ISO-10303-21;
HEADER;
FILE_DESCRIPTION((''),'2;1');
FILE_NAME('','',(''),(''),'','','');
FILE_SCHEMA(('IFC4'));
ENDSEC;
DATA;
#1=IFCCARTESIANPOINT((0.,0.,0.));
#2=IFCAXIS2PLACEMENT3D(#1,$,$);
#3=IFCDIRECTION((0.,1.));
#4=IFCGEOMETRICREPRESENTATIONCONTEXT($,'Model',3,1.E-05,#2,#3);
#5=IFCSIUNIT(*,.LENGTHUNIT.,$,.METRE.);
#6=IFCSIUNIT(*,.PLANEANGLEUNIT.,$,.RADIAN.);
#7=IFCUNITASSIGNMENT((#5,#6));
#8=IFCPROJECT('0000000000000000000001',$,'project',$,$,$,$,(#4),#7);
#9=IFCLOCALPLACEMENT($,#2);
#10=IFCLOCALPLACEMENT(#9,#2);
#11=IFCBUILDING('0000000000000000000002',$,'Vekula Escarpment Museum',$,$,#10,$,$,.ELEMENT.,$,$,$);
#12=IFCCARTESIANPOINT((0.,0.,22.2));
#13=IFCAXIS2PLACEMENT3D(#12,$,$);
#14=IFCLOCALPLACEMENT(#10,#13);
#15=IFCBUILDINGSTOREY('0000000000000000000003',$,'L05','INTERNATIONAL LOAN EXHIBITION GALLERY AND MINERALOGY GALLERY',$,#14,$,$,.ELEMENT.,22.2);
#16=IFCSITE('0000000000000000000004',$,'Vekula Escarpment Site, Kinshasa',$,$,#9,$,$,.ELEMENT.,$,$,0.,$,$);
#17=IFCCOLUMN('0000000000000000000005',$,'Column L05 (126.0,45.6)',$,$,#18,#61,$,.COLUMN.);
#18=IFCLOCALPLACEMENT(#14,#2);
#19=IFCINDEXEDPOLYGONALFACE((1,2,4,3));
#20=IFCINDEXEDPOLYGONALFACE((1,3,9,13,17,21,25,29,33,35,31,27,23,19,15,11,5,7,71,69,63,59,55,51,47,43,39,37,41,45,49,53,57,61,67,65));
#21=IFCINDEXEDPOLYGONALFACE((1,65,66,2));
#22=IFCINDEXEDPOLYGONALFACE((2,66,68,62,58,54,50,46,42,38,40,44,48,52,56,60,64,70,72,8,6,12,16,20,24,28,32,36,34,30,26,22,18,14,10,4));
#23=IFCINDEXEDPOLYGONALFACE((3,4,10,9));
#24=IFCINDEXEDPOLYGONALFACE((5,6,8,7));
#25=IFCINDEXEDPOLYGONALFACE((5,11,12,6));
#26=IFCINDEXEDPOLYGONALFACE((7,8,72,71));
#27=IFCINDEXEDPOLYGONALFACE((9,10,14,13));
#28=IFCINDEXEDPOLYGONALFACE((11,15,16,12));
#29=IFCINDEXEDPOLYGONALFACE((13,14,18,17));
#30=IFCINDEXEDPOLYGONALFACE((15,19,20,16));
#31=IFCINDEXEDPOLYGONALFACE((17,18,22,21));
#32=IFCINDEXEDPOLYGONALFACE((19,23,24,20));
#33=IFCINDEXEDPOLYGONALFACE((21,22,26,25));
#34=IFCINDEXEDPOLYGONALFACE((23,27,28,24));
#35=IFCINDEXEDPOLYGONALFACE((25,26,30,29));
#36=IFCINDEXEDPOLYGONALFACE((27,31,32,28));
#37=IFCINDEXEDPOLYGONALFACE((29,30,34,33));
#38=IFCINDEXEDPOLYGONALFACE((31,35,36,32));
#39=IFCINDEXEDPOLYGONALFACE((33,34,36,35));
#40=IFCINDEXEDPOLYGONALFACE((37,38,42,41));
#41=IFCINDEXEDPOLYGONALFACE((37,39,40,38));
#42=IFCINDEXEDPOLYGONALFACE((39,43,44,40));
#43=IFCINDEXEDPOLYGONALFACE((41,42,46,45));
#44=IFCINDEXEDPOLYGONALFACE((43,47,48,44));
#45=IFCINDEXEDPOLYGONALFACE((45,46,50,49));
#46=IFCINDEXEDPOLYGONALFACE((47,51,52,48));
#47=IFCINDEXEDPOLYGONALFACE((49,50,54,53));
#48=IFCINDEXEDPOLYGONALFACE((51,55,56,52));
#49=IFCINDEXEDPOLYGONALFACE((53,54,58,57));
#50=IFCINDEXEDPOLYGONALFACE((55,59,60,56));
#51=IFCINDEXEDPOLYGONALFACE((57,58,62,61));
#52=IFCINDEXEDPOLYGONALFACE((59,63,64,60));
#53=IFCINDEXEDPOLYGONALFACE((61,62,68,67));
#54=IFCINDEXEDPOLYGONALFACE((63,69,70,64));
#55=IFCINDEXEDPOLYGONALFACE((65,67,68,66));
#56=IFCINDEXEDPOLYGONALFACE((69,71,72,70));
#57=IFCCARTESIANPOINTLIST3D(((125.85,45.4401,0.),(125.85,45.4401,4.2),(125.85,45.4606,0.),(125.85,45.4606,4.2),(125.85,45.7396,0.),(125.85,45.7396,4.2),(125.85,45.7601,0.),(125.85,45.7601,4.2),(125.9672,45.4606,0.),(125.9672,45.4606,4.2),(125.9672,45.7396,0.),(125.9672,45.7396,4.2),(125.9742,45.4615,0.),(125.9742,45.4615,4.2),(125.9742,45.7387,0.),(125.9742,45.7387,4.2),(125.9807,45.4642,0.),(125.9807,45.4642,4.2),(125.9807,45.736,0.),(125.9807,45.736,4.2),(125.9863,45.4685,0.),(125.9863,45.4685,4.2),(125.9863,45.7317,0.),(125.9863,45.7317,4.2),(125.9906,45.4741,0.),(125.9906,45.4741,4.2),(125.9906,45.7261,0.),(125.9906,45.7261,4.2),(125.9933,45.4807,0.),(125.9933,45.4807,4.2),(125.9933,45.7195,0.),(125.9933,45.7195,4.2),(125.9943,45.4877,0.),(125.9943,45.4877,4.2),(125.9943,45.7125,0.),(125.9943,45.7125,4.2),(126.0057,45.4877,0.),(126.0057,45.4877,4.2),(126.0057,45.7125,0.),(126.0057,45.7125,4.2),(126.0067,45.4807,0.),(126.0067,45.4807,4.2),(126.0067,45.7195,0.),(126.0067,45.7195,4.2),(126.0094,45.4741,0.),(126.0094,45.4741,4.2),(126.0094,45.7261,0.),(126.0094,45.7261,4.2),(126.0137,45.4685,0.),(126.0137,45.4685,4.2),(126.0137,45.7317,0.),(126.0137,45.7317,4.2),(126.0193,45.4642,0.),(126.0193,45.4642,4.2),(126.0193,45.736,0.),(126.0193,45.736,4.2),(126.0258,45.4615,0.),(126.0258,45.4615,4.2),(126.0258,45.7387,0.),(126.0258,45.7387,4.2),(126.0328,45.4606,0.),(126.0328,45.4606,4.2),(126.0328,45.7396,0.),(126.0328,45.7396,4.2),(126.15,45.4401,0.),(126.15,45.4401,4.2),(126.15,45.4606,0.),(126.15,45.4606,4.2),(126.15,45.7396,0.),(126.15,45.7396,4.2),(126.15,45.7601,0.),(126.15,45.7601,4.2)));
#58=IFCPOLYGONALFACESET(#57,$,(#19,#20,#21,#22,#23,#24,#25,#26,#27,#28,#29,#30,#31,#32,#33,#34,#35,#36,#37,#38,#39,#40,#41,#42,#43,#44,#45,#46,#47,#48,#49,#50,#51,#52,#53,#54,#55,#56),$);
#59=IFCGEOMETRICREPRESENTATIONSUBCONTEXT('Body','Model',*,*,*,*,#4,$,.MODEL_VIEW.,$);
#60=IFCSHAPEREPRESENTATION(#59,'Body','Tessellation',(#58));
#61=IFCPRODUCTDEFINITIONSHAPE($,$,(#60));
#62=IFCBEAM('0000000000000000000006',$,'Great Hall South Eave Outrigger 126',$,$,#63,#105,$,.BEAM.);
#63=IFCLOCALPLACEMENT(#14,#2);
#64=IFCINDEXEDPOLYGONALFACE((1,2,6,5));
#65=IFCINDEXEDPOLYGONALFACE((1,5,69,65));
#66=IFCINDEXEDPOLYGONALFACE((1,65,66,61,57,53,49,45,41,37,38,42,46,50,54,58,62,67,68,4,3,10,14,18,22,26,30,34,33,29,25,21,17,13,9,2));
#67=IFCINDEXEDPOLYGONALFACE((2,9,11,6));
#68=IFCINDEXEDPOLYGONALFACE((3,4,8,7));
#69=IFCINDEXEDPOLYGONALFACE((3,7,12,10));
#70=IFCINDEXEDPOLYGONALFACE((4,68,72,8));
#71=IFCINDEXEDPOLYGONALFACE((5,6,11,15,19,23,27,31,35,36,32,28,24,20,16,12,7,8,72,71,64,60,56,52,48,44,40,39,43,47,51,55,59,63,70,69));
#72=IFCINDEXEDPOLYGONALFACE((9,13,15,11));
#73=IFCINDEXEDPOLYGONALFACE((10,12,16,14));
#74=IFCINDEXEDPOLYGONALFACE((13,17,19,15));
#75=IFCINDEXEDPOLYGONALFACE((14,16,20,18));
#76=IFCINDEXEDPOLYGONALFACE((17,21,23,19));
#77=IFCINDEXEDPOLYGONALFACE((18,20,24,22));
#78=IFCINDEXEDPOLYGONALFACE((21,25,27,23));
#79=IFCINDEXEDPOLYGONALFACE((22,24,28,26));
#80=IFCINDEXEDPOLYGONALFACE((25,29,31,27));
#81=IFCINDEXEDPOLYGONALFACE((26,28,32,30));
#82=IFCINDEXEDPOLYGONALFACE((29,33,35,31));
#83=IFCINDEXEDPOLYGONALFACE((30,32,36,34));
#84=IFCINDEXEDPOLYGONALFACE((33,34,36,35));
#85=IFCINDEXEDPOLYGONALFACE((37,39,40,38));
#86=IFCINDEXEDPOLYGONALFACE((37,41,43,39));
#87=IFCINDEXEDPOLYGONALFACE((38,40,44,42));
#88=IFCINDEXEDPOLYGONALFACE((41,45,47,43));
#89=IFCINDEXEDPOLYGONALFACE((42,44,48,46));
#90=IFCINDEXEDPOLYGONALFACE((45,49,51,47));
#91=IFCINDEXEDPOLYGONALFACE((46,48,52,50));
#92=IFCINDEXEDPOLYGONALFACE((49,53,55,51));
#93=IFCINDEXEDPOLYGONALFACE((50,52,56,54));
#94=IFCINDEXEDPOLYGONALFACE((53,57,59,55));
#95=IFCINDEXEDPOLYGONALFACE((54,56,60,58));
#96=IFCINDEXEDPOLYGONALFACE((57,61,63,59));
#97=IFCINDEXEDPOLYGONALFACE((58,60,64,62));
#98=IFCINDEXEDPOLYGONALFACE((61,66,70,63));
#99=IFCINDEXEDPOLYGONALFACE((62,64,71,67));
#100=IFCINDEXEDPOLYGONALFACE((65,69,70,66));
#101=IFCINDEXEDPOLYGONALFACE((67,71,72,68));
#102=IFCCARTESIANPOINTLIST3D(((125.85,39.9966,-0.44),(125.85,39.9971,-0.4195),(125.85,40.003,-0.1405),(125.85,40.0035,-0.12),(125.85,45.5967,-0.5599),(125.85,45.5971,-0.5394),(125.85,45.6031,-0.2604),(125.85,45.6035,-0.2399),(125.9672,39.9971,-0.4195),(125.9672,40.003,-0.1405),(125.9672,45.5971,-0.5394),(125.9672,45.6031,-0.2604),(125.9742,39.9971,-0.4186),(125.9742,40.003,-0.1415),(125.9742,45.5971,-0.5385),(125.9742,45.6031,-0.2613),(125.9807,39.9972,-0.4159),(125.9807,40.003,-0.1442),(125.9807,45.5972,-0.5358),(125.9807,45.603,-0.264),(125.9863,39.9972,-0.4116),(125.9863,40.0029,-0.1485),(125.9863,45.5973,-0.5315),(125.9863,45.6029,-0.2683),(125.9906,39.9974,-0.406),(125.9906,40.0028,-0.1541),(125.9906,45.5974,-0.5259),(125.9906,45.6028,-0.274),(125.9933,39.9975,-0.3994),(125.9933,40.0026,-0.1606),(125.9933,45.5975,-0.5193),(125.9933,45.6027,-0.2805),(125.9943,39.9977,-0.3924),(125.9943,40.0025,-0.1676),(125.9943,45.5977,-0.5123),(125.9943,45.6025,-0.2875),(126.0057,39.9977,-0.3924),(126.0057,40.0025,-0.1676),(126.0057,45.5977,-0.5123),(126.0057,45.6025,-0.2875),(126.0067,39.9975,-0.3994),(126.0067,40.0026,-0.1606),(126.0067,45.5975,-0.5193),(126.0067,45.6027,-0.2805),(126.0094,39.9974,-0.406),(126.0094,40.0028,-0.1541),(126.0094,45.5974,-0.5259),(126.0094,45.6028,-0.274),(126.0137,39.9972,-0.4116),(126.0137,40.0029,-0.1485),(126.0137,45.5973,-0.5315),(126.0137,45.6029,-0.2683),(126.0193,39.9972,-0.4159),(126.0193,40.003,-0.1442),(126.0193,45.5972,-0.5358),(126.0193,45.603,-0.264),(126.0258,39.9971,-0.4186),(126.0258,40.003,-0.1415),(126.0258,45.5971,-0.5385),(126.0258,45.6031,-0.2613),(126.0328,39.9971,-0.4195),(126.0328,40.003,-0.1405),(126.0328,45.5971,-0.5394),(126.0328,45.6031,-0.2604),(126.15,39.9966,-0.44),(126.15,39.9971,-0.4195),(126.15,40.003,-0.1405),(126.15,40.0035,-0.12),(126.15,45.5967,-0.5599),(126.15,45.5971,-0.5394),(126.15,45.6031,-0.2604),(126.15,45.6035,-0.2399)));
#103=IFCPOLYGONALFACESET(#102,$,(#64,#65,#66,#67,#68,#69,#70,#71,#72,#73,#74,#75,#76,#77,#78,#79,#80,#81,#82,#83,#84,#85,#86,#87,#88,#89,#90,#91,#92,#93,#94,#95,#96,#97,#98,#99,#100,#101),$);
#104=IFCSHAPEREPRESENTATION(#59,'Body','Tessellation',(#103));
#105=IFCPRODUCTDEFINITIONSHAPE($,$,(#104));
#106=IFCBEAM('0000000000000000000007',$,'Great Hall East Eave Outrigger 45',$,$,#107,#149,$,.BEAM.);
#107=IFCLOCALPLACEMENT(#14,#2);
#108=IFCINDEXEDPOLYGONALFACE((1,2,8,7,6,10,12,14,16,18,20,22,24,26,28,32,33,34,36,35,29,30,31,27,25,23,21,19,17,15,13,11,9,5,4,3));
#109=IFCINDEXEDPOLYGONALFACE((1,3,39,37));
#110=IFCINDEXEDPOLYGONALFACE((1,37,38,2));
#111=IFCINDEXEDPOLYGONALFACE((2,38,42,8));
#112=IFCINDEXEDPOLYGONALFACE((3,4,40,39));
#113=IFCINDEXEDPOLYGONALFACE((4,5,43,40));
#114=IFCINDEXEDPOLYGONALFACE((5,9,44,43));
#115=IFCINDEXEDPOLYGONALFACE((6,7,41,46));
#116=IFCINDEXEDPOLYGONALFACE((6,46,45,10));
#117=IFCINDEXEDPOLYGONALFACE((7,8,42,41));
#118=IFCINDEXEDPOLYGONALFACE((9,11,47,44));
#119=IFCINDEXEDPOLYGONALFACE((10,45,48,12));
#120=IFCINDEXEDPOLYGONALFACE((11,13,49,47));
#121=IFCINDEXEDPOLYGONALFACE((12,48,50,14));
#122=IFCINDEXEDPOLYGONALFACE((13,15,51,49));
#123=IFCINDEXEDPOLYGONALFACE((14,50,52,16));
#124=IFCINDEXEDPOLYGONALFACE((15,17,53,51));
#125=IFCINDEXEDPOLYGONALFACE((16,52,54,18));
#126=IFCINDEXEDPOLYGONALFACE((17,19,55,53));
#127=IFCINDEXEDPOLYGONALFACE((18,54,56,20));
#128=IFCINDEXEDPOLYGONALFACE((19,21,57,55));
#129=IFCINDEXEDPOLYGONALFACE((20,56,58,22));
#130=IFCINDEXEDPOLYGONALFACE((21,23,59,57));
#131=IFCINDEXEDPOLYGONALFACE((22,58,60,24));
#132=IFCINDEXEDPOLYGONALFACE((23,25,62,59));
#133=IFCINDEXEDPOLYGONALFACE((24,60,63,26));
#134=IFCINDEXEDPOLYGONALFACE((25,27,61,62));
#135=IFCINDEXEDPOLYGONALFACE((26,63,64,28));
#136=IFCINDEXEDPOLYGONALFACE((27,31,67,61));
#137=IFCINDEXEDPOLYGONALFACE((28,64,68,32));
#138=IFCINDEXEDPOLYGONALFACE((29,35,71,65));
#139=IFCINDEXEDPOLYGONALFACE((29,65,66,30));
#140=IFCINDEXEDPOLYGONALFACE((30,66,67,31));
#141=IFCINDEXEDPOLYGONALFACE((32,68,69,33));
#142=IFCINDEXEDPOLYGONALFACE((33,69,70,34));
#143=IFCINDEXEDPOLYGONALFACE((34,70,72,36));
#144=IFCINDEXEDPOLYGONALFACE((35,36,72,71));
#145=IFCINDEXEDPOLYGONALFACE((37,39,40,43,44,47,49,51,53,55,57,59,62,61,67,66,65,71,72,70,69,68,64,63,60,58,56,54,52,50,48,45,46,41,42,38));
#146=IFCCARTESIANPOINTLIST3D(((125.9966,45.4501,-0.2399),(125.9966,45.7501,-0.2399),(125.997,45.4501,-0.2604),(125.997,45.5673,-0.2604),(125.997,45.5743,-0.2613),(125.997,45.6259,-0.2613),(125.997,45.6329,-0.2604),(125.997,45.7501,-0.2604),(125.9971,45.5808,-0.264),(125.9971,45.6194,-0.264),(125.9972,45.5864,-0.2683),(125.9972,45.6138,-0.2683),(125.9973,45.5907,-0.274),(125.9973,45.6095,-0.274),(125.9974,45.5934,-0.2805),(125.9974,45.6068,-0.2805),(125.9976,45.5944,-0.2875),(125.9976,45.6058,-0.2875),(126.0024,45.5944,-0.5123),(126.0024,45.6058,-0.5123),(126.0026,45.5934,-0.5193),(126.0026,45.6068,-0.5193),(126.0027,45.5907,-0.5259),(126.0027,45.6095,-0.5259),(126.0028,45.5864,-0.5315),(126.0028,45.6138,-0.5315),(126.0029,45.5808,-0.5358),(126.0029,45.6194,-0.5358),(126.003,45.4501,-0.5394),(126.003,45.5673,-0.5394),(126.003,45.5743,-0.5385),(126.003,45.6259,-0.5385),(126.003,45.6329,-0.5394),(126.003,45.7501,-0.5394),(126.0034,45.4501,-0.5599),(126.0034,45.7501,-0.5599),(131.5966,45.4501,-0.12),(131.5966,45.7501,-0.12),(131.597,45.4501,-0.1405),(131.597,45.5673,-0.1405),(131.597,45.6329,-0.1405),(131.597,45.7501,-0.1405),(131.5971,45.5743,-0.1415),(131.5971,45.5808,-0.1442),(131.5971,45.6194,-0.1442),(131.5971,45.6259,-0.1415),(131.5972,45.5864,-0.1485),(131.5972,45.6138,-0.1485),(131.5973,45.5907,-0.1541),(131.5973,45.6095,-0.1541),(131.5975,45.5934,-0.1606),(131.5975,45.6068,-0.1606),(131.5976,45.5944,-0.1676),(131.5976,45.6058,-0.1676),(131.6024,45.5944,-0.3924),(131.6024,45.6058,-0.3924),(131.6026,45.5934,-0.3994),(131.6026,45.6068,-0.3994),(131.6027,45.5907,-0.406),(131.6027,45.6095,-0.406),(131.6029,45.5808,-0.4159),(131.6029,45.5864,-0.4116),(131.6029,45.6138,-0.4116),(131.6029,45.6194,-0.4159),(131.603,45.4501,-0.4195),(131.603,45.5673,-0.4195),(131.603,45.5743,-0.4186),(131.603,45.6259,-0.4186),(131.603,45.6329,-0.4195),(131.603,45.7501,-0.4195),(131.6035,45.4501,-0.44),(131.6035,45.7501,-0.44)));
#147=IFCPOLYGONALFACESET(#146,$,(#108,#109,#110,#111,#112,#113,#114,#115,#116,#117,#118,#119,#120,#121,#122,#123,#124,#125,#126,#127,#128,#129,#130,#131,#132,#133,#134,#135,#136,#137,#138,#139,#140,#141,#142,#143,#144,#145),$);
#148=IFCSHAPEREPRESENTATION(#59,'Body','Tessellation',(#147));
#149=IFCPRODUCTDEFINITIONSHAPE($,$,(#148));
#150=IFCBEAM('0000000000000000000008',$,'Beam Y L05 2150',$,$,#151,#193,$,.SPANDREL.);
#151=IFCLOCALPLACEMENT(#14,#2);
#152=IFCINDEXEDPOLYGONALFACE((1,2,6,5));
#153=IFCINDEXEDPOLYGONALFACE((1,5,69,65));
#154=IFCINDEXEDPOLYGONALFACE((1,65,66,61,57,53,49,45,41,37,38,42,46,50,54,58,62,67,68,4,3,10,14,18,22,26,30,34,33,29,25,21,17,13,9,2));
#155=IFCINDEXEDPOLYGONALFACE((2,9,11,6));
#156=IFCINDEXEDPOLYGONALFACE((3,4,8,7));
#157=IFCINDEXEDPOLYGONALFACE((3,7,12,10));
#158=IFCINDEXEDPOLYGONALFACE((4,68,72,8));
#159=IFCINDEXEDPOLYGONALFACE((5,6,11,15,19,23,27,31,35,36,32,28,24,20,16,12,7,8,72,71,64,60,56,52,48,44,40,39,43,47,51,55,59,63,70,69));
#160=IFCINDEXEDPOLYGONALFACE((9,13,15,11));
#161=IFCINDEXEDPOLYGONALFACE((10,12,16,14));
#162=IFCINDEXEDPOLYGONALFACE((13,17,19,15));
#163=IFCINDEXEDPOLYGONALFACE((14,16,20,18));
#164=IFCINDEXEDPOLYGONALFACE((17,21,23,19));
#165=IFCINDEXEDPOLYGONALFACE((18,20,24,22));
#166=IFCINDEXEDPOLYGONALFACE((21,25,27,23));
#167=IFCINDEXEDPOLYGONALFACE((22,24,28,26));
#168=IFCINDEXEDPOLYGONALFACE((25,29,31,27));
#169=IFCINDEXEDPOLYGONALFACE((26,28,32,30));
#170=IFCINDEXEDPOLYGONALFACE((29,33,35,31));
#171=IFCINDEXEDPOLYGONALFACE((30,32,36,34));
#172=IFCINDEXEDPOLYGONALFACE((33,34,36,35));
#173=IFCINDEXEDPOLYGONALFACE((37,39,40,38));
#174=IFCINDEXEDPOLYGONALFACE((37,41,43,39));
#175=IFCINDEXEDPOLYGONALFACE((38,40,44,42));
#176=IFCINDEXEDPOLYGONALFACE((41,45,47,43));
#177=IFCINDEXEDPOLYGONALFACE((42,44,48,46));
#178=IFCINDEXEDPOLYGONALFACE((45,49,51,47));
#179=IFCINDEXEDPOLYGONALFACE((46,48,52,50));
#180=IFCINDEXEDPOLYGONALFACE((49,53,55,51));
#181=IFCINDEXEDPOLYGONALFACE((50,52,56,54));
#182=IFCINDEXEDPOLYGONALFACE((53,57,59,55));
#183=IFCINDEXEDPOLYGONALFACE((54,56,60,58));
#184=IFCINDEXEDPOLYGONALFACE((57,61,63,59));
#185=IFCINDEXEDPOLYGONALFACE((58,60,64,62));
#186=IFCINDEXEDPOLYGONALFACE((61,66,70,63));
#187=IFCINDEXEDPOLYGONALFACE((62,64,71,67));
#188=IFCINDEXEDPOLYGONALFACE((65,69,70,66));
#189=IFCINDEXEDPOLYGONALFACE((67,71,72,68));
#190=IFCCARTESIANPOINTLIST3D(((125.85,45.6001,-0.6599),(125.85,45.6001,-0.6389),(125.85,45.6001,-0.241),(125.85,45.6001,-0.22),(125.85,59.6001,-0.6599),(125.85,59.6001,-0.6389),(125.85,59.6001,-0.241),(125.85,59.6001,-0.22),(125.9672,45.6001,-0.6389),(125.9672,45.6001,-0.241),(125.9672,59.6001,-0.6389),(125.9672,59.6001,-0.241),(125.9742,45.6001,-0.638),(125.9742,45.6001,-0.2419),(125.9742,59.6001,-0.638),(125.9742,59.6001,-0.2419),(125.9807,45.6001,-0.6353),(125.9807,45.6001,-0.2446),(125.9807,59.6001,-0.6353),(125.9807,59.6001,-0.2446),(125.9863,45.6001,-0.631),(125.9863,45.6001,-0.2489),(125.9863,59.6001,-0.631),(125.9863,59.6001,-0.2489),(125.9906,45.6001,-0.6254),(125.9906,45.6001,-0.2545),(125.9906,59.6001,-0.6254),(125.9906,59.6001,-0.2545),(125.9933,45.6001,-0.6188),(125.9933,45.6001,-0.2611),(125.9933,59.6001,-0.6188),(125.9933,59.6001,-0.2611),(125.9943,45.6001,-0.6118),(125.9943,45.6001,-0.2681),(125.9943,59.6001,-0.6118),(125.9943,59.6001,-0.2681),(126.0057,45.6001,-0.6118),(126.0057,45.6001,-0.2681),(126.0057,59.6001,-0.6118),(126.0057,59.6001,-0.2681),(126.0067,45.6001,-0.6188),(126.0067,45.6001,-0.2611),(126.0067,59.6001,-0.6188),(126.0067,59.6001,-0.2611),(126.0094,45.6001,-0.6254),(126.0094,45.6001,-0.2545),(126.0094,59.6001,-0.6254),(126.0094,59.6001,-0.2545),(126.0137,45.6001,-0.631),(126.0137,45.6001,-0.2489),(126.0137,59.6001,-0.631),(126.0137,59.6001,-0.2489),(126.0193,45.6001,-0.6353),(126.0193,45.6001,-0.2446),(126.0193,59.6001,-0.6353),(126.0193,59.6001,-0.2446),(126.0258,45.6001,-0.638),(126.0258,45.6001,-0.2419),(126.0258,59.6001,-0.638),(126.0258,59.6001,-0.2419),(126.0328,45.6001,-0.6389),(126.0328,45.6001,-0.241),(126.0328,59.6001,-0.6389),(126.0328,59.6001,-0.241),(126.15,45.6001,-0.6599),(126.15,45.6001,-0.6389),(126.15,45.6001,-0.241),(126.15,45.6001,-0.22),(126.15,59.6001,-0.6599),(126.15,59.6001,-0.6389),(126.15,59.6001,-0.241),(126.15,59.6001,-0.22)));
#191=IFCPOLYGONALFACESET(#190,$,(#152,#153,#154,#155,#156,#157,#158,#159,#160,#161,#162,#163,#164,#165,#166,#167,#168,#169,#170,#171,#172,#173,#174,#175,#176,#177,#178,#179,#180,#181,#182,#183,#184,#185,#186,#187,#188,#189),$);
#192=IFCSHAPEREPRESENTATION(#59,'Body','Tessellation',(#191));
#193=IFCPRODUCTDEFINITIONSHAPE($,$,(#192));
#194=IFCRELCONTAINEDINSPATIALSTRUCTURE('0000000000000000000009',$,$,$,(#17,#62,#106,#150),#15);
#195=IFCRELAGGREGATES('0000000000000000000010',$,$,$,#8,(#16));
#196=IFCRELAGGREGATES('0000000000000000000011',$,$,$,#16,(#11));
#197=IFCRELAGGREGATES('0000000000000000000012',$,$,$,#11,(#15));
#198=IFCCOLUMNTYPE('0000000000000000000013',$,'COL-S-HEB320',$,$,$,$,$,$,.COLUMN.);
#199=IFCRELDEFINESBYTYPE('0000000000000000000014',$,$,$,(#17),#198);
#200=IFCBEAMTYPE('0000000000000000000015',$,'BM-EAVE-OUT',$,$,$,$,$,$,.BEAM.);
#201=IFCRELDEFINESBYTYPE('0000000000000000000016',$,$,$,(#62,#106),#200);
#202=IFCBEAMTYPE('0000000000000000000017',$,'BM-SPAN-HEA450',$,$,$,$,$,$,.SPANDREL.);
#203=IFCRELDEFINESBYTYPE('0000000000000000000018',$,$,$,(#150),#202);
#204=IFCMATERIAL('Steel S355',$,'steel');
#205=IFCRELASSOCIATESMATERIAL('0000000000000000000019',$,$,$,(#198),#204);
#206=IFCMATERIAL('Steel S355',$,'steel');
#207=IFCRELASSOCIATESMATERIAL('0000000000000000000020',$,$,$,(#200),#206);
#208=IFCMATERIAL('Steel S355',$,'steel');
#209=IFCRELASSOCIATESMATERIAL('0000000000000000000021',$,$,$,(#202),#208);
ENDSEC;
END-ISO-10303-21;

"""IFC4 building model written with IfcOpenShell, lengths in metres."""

from ifc_helpers import new_model, si_unit, direction, frame, origin, origin_2d, place, context, subcontext, project, spatial, i_section, extrude, material, material_profile, profile_set, type_object, element, save


model = new_model("IFC4")

# Units and contexts
model_context = context("Model", 3, precision=1e-05, world=origin(), true_north=direction((0.0, 1.0)))
body_context = subcontext(model_context, "Body", "Model", "MODEL_VIEW")
ifc_project = project(units=[si_unit("LENGTHUNIT", "METRE"), si_unit("PLANEANGLEUNIT", "RADIAN")], contexts=[model_context])

# Site, building, storey
site_placement = place(None, origin())
site = spatial("IfcSite", under=ifc_project, at=site_placement, Name="Vekula Escarpment Site, Kinshasa", CompositionType="ELEMENT", RefElevation=0.0)
building_placement = place(site_placement, origin())
building = spatial("IfcBuilding", under=site, at=building_placement, Name="Vekula Escarpment Museum", CompositionType="ELEMENT")
storey_placement = place(building_placement, frame((0.0, 0.0, 22.2)))
storey = spatial("IfcBuildingStorey", under=building, at=storey_placement, Name="L05", Description="INTERNATIONAL LOAN EXHIBITION GALLERY AND MINERALOGY GALLERY", CompositionType="ELEMENT", Elevation=22.2)

# Column
ifc_material_1 = material(Name="Steel S355", Category="steel")
ifc_material_profile_1 = material_profile(ifc_material_1, i_section(OverallWidth=0.3, OverallDepth=0.3201, WebThickness=0.0115, FlangeThickness=0.0205, FilletRadius=0.0271, at=origin_2d()), Name="HEB 320")
ifc_profile_set_1 = profile_set([ifc_material_profile_1], Name="Steel S355")
column_type = type_object("IfcColumnType", Name="COL-S-HEB320", PredefinedType="COLUMN", material=ifc_profile_set_1)
column_placement = place(storey_placement, frame((126.0, 45.6001, 0.0), z_axis=(0.0, 0.0, 1.0), x_axis=(1.0, 0.0, 0.0)))
element("IfcColumn", 1, at=column_placement, inside=storey, type_object=column_type, Name="Column L05 (126.0,45.6)", PredefinedType="COLUMN", context=body_context, shape_type="SweptSolid", body=[
    extrude(i_section(OverallWidth=0.3, OverallDepth=0.3201, WebThickness=0.0115, FlangeThickness=0.0205, FilletRadius=0.0271, at=origin_2d()), origin(), (0.0, 0.0, 1.0), 4.2),
])

# Beams
ifc_material_2 = material(Name="Steel S355", Category="steel")
ifc_material_profile_2 = material_profile(ifc_material_2, i_section(OverallWidth=0.3, OverallDepth=0.3201, WebThickness=0.0115, FlangeThickness=0.0205, FilletRadius=0.0271, at=origin_2d()), Name="HEB 320")
ifc_profile_set_2 = profile_set([ifc_material_profile_2], Name="Steel S355")
beam_type_1 = type_object("IfcBeamType", Name="BM-EAVE-OUT", PredefinedType="BEAM", material=ifc_profile_set_2)
for number, where, z_axis, x_axis, name in (
    (2, (126.0, 45.6001, -0.3999), (0.0, -0.999771, 0.021401), (1.0, 0.0, 0.0), "Great Hall South Eave Outrigger 126"),
    (3, (126.0, 45.6001, -0.3999), (0.999771, 0.0, 0.021401), (0.0, 1.0, 0.0), "Great Hall East Eave Outrigger 45"),
):
    element("IfcBeam", number, at=place(storey_placement, frame(where, z_axis=z_axis, x_axis=x_axis)), inside=storey, type_object=beam_type_1, Name=name, PredefinedType="BEAM", context=body_context, shape_type="SweptSolid", body=[
        extrude(i_section(OverallWidth=0.3, OverallDepth=0.3201, WebThickness=0.0115, FlangeThickness=0.0205, FilletRadius=0.0271, at=origin_2d()), origin(), (0.0, 0.0, 1.0), 5.6013),
    ])
ifc_material_3 = material(Name="Steel S355", Category="steel")
ifc_material_profile_3 = material_profile(ifc_material_3, i_section(OverallWidth=0.3, OverallDepth=0.4399, WebThickness=0.0115, FlangeThickness=0.021, FilletRadius=0.0271, at=origin_2d()), Name="HEA 450")
ifc_profile_set_3 = profile_set([ifc_material_profile_3], Name="Steel S355")
beam_type_2 = type_object("IfcBeamType", Name="BM-SPAN-HEA450", PredefinedType="SPANDREL", material=ifc_profile_set_3)
beam_placement = place(storey_placement, frame((126.0, 45.6001, -0.4399), z_axis=(0.0, 1.0, 0.0), x_axis=(-1.0, 0.0, 0.0)))
element("IfcBeam", 4, at=beam_placement, inside=storey, type_object=beam_type_2, Name="Beam Y L05 2150", PredefinedType="SPANDREL", context=body_context, shape_type="SweptSolid", body=[
    extrude(i_section(OverallWidth=0.3, OverallDepth=0.4399, WebThickness=0.0115, FlangeThickness=0.021, FilletRadius=0.0271, at=origin_2d()), origin(), (0.0, 0.0, 1.0), 14.0),
])

save(model, "model.ifc")
